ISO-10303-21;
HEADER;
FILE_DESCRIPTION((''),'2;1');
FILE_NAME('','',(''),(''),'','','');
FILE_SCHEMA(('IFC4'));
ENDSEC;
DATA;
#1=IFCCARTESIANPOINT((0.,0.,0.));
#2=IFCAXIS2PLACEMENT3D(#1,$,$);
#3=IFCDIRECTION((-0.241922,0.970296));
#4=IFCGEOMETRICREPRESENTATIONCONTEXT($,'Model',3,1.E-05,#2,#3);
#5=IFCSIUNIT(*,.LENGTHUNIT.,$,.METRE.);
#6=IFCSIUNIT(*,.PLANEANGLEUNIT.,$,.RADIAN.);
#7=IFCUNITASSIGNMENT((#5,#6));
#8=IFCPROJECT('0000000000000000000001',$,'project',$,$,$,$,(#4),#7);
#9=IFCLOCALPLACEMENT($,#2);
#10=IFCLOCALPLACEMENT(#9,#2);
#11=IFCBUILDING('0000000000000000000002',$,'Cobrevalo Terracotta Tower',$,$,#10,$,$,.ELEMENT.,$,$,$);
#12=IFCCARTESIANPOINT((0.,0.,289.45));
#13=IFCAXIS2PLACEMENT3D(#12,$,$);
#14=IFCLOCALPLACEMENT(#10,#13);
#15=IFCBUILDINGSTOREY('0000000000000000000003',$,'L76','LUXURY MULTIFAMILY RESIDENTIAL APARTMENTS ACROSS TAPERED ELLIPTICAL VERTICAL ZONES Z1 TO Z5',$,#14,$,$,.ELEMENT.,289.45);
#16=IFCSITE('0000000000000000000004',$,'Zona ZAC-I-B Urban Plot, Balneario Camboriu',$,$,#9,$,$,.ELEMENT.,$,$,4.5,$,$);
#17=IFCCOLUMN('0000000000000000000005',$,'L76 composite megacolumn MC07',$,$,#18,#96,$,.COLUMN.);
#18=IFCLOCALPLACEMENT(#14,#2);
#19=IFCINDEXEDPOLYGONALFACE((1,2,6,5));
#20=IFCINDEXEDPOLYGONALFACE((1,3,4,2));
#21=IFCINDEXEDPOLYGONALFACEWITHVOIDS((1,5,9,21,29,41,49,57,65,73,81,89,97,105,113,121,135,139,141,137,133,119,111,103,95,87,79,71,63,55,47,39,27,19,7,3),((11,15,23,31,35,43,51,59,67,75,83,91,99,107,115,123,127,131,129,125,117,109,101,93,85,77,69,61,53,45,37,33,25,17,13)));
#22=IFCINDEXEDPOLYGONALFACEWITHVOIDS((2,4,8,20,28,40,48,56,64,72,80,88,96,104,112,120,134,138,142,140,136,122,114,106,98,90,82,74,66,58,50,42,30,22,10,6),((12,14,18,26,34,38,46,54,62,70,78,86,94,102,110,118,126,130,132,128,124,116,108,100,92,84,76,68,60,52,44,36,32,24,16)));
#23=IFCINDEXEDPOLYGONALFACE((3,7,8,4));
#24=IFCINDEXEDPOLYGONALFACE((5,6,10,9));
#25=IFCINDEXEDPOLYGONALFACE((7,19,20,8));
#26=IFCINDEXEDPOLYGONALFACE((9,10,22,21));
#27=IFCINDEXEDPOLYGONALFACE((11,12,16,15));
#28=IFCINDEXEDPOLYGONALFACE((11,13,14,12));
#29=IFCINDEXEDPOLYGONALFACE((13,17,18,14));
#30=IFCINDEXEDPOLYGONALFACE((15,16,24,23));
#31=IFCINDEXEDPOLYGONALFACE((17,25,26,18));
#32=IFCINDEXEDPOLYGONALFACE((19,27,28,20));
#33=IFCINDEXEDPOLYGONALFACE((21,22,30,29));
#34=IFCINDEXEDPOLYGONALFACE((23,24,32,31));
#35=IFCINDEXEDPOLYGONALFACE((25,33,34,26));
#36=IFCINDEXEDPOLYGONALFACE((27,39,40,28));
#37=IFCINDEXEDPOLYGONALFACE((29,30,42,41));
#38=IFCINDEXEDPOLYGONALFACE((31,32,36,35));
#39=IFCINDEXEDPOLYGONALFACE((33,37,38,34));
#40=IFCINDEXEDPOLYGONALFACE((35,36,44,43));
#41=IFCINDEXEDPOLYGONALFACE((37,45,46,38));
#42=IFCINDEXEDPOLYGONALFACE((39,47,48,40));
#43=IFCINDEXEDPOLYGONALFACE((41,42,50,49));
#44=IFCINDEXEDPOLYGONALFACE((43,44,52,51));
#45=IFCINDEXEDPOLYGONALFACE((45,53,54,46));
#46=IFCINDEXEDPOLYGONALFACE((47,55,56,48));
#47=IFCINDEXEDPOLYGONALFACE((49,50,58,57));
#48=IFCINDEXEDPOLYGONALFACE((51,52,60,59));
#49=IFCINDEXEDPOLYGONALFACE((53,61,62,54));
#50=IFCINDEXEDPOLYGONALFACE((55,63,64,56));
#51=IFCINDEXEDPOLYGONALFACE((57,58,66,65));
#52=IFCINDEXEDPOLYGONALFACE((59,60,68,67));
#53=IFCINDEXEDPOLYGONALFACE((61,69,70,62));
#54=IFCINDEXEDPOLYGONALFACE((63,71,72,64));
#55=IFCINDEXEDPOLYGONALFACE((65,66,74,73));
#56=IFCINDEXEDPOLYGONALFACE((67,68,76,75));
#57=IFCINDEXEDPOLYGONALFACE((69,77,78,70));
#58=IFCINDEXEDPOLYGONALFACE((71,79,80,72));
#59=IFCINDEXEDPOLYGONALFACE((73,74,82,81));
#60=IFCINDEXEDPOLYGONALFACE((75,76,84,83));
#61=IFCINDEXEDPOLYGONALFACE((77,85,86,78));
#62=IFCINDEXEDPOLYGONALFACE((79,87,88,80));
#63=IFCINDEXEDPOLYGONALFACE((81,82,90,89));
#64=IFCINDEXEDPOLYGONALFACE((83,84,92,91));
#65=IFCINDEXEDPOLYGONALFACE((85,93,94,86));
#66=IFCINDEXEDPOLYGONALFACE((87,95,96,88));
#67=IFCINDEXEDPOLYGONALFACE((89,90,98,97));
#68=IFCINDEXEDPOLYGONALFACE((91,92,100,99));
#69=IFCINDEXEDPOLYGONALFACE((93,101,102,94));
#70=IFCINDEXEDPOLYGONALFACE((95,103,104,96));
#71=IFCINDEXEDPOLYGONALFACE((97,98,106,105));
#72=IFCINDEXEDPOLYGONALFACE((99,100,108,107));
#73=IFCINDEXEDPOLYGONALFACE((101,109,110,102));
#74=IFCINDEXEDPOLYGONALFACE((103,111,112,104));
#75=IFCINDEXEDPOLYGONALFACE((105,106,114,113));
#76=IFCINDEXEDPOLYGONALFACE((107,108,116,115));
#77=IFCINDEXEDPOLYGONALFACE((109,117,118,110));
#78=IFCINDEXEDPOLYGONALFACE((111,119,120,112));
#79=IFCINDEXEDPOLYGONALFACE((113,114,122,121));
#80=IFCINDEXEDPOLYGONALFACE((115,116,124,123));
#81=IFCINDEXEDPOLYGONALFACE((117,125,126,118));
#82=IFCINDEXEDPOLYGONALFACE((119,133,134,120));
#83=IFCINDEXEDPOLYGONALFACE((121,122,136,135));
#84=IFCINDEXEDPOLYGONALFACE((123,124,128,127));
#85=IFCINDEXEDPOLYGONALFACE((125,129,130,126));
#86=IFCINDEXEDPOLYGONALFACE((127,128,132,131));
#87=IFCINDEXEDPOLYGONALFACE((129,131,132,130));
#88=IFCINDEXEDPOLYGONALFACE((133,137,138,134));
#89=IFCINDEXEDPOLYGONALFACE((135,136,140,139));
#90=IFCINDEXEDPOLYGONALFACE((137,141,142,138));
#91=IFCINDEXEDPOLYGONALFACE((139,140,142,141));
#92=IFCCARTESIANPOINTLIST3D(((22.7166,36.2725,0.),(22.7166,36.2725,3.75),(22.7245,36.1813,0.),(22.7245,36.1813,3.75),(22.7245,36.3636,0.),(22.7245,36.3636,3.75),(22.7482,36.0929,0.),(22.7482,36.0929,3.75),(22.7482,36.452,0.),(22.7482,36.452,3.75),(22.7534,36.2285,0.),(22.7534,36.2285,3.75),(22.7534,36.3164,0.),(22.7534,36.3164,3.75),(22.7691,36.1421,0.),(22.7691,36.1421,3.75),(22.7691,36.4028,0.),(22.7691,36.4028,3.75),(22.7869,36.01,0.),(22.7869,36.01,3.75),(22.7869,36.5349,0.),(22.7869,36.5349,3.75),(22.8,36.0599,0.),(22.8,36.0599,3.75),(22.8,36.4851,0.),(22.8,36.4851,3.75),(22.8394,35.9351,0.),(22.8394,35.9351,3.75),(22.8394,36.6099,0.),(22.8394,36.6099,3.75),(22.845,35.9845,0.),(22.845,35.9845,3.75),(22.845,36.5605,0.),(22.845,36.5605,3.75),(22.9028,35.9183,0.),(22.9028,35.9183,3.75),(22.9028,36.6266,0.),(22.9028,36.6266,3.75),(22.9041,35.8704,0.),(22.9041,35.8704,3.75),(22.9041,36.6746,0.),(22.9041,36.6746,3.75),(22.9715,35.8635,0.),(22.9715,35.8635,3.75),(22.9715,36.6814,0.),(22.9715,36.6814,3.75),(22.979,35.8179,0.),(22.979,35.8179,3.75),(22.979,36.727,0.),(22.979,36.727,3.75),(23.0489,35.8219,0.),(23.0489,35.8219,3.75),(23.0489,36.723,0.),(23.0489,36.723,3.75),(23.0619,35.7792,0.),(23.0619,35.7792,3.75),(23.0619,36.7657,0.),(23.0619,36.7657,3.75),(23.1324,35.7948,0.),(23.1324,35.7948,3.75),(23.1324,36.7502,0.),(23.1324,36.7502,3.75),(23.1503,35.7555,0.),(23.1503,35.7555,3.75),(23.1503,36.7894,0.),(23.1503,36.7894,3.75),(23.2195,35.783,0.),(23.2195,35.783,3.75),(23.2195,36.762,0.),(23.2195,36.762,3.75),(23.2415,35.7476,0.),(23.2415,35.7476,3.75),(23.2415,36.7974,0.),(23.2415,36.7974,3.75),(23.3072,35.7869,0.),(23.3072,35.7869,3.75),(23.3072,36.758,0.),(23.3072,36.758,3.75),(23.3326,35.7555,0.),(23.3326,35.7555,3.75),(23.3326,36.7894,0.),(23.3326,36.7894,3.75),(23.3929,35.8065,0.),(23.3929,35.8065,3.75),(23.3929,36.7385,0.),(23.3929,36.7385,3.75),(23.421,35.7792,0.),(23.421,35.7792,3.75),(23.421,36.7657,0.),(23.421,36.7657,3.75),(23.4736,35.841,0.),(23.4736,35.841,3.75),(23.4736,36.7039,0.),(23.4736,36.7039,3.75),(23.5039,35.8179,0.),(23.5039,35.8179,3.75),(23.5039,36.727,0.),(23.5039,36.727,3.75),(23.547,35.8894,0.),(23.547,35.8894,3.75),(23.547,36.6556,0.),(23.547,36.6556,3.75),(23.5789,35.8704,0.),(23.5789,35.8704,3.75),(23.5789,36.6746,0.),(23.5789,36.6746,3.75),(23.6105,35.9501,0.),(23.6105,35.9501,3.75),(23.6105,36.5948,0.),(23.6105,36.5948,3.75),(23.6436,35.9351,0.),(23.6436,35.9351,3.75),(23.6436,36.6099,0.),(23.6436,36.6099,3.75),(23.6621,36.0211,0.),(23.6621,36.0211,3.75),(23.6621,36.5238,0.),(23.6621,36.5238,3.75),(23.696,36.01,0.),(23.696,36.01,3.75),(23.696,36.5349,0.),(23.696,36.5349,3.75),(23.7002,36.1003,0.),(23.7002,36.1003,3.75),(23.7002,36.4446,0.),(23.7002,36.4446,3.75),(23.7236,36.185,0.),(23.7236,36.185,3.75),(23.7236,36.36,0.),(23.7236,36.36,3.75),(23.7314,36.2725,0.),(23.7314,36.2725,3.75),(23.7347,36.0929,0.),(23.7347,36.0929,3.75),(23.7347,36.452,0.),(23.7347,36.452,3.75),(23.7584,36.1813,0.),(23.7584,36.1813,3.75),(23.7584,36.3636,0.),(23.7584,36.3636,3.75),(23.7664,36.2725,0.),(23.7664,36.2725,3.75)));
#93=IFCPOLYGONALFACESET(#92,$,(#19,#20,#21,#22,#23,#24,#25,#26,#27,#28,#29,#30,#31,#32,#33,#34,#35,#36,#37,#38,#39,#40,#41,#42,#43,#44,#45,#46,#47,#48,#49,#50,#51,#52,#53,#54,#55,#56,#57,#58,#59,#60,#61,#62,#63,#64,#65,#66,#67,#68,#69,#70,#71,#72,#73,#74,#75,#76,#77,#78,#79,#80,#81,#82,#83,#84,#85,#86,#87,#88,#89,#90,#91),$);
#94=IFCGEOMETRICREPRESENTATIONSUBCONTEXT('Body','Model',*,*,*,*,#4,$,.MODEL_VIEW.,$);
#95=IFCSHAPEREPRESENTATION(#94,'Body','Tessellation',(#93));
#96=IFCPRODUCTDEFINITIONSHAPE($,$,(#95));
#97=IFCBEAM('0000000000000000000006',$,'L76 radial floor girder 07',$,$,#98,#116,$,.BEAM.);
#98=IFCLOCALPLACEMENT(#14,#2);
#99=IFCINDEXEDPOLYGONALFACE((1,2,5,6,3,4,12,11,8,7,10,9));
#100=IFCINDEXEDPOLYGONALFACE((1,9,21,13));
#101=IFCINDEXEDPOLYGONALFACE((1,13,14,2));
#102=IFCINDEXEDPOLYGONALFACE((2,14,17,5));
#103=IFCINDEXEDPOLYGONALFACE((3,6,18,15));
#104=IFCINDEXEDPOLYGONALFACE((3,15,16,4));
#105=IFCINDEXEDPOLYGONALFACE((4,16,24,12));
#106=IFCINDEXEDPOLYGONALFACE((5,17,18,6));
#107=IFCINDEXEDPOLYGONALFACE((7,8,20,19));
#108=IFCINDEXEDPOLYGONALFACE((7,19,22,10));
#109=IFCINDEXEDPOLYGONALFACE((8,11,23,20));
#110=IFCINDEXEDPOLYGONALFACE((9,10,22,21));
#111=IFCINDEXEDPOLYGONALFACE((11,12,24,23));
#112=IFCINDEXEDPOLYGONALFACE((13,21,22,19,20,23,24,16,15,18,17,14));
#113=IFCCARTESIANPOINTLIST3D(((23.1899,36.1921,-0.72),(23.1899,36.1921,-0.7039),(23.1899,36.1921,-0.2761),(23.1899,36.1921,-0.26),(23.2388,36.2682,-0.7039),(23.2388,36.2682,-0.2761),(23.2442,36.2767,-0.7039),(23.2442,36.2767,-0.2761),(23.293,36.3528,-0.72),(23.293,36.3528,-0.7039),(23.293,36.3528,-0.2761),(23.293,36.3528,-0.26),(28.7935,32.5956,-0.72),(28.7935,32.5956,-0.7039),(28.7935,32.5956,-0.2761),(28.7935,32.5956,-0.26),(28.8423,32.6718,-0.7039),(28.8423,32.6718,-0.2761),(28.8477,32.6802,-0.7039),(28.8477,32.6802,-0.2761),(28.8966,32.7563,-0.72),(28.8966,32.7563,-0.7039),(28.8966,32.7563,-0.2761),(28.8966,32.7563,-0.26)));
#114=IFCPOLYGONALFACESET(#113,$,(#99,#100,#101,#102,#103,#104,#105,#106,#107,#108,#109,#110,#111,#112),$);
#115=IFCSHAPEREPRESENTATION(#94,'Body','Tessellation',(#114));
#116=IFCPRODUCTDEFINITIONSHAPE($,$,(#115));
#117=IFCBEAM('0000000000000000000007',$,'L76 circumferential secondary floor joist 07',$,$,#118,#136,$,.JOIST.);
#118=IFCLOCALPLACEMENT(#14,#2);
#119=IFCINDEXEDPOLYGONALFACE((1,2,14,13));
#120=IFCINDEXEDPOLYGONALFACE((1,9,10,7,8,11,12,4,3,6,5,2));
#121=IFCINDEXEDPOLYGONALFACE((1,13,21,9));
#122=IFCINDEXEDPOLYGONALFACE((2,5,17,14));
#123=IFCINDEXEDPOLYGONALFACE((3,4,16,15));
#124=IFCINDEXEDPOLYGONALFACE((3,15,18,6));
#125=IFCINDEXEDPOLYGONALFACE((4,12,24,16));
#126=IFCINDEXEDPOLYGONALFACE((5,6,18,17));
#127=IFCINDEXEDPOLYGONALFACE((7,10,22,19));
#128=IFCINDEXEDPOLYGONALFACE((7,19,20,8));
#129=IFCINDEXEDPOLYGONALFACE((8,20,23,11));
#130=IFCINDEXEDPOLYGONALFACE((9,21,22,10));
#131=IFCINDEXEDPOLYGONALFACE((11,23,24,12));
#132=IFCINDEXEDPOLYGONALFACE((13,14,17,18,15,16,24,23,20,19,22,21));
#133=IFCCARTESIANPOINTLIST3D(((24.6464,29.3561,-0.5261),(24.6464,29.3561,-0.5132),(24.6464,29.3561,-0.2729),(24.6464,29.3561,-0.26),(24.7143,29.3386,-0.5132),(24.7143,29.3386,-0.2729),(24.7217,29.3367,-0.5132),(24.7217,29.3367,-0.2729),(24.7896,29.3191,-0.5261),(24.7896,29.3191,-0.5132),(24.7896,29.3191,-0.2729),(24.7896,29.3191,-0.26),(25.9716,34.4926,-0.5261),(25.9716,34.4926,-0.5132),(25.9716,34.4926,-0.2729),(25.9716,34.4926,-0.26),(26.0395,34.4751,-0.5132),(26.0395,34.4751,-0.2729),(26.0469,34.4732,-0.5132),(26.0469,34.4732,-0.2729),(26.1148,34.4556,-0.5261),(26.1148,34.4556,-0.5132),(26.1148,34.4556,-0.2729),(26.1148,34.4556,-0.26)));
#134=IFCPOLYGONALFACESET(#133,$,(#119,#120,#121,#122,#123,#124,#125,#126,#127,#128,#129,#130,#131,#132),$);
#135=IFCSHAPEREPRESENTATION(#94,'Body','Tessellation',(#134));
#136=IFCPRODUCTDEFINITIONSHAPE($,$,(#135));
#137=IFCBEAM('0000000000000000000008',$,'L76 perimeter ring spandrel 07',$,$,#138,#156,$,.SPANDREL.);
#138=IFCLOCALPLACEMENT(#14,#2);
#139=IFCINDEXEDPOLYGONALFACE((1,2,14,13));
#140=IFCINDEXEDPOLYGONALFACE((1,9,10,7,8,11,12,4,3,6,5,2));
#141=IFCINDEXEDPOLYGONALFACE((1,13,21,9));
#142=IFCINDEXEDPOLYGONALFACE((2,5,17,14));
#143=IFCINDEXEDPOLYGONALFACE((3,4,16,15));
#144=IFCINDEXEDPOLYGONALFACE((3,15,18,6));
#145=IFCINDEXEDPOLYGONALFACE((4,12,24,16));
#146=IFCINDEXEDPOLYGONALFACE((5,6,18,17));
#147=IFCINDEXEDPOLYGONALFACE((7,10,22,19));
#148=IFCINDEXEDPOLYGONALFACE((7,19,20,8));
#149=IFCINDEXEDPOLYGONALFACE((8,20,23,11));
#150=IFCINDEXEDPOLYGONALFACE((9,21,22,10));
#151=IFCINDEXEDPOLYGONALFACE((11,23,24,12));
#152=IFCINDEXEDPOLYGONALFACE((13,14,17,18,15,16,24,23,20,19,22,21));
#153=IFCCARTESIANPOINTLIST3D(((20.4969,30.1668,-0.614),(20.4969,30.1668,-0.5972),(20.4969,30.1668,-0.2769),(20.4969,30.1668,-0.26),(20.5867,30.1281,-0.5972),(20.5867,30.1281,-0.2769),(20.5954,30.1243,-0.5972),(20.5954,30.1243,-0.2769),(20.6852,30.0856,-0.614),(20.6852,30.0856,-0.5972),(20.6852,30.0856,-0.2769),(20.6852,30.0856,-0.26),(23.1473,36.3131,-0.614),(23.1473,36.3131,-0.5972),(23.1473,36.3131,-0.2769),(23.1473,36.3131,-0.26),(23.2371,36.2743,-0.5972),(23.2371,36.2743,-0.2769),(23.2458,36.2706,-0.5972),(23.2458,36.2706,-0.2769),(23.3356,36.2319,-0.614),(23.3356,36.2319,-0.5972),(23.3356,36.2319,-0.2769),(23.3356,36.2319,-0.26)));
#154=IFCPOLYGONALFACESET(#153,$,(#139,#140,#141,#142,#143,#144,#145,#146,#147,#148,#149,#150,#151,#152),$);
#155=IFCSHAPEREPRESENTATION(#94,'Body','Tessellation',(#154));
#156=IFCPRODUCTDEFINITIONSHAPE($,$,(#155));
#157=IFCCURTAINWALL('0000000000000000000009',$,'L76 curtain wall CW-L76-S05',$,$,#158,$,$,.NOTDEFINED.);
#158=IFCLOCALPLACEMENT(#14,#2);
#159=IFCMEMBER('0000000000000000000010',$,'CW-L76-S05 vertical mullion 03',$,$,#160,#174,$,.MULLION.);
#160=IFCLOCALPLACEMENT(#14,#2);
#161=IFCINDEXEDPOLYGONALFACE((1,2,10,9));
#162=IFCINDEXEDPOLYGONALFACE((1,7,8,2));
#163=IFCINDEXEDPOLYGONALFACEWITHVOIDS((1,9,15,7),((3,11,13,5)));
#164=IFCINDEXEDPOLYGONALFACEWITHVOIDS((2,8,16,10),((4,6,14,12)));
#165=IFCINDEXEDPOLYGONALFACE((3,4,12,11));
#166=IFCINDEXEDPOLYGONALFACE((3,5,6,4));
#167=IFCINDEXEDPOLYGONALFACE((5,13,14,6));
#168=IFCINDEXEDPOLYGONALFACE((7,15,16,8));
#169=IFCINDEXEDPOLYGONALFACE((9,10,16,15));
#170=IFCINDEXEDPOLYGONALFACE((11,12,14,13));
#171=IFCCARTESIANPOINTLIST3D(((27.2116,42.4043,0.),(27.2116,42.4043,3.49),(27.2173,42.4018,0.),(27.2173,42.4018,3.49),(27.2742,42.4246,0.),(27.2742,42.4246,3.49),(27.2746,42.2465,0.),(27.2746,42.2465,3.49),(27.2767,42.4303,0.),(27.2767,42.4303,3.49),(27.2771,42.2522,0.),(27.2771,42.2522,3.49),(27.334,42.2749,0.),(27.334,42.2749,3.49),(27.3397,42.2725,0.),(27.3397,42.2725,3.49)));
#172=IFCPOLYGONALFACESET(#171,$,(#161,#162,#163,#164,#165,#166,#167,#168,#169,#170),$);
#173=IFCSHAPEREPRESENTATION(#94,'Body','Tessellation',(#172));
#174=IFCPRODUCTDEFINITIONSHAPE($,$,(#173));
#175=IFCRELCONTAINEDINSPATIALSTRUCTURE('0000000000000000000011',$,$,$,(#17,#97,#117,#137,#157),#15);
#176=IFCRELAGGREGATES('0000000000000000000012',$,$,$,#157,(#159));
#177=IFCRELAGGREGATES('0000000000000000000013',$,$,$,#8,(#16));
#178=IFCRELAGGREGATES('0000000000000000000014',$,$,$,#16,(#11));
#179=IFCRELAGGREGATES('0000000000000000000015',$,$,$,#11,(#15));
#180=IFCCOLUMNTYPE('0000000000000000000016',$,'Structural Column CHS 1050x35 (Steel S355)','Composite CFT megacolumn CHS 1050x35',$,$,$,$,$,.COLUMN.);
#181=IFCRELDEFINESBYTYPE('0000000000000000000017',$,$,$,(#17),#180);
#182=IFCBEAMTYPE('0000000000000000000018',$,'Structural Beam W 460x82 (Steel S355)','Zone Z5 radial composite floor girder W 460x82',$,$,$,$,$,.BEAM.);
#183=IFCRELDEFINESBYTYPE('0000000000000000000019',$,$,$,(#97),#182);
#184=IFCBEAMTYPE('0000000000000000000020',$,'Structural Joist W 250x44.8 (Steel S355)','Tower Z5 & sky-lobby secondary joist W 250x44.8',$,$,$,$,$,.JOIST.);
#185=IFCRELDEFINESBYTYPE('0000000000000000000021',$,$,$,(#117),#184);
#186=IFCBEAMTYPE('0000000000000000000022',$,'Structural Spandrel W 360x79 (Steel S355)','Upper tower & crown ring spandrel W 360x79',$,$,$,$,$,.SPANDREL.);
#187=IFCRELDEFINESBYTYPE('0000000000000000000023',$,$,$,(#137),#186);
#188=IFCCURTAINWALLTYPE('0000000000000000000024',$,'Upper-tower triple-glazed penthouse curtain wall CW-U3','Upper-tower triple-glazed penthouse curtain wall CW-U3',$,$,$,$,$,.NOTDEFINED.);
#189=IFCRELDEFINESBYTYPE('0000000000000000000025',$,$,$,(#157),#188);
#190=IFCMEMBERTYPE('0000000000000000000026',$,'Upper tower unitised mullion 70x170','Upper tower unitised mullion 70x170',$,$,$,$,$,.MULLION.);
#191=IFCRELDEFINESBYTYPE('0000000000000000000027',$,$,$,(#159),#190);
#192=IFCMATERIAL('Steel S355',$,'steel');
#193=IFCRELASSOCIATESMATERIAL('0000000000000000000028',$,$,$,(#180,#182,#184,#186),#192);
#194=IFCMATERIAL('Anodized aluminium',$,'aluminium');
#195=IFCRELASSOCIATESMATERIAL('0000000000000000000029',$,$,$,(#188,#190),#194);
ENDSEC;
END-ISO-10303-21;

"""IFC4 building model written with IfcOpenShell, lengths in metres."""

from ifc_helpers import new_model, si_unit, direction, frame, origin, origin_2d, place, context, subcontext, project, spatial, hollow_rectangle, hollow_circle, i_section, extrude, source, transform, mapped, material, material_profile, profile_set, type_object, element, aggregate, save


model = new_model("IFC4")

# Units and contexts
model_context = context("Model", 3, precision=1e-05, world=origin(), true_north=direction((-0.241922, 0.970296)))
body_context = subcontext(model_context, "Body", "Model", "MODEL_VIEW")
ifc_project = project(units=[si_unit("LENGTHUNIT", "METRE"), si_unit("PLANEANGLEUNIT", "RADIAN")], contexts=[model_context])

# Site, building, storey
site_placement = place(None, origin())
site = spatial("IfcSite", under=ifc_project, at=site_placement, Name="Zona ZAC-I-B Urban Plot, Balneario Camboriu", CompositionType="ELEMENT", RefElevation=4.5)
building_placement = place(site_placement, origin())
building = spatial("IfcBuilding", under=site, at=building_placement, Name="Cobrevalo Terracotta Tower", CompositionType="ELEMENT")
storey_placement = place(building_placement, frame((0.0, 0.0, 289.45)))
storey = spatial("IfcBuildingStorey", under=building, at=storey_placement, Name="L76", Description="LUXURY MULTIFAMILY RESIDENTIAL APARTMENTS ACROSS TAPERED ELLIPTICAL VERTICAL ZONES Z1 TO Z5", CompositionType="ELEMENT", Elevation=289.45)

# Column
ifc_material_1 = material(Name="Steel S355", Category="steel")
ifc_material_profile_1 = material_profile(ifc_material_1, hollow_circle(Radius=0.5249, WallThickness=0.0349, at=origin_2d()), Name="CHS 1050x35")
ifc_profile_set_1 = profile_set([ifc_material_profile_1], Name="Steel S355")
column_type = type_object("IfcColumnType", Name="Structural Column CHS 1050x35 (Steel S355)", Description="Composite CFT megacolumn CHS 1050x35", PredefinedType="COLUMN", material=ifc_profile_set_1)
column_placement = place(storey_placement, frame((23.2415, 36.2725, 0.0), z_axis=(0.0, 0.0, 1.0), x_axis=(1.0, 0.0, 0.0)))
element("IfcColumn", 1, at=column_placement, inside=storey, type_object=column_type, Name="L76 composite megacolumn MC07", PredefinedType="COLUMN", context=body_context, shape_type="SweptSolid", body=[
    extrude(hollow_circle(Radius=0.5249, WallThickness=0.0349, at=origin_2d()), origin(), (0.0, 0.0, 1.0), 3.75),
])

# Beams
ifc_material_profile_2 = material_profile(ifc_material_1, i_section(OverallWidth=0.1909, OverallDepth=0.46, WebThickness=0.01, FlangeThickness=0.0161, at=origin_2d()), Name="W 460x82")
ifc_profile_set_2 = profile_set([ifc_material_profile_2], Name="Steel S355")
beam_type_1 = type_object("IfcBeamType", Name="Structural Beam W 460x82 (Steel S355)", Description="Zone Z5 radial composite floor girder W 460x82", PredefinedType="BEAM", material=ifc_profile_set_2)
beam_1_placement = place(storey_placement, frame((23.2415, 36.2725, -0.49), z_axis=(0.841576, -0.540138, 0.0), x_axis=(0.540138, 0.841576, 0.0)))
element("IfcBeam", 2, at=beam_1_placement, inside=storey, type_object=beam_type_1, Name="L76 radial floor girder 07", PredefinedType="BEAM", context=body_context, shape_type="SweptSolid", body=[
    extrude(i_section(OverallWidth=0.1909, OverallDepth=0.46, WebThickness=0.01, FlangeThickness=0.0161, at=origin_2d()), origin(), (0.0, 0.0, 1.0), 6.6584),
])
ifc_material_profile_3 = material_profile(ifc_material_1, i_section(OverallWidth=0.1479, OverallDepth=0.2661, WebThickness=0.0076, FlangeThickness=0.0129, at=origin_2d()), Name="W 250x44.8")
ifc_profile_set_3 = profile_set([ifc_material_profile_3], Name="Steel S355")
beam_type_2 = type_object("IfcBeamType", Name="Structural Joist W 250x44.8 (Steel S355)", Description="Tower Z5 & sky-lobby secondary joist W 250x44.8", PredefinedType="JOIST", material=ifc_profile_set_3)
beam_2_placement = place(storey_placement, frame((26.0432, 34.4741, -0.3931), z_axis=(-0.249817, -0.968293, 0.0), x_axis=(0.968293, -0.249817, 0.0)))
element("IfcBeam", 3, at=beam_2_placement, inside=storey, type_object=beam_type_2, Name="L76 circumferential secondary floor joist 07", PredefinedType="JOIST", context=body_context, shape_type="SweptSolid", body=[
    extrude(i_section(OverallWidth=0.1479, OverallDepth=0.2661, WebThickness=0.0076, FlangeThickness=0.0129, at=origin_2d()), origin(), (0.0, 0.0, 1.0), 5.3047),
])
ifc_material_profile_4 = material_profile(ifc_material_1, i_section(OverallWidth=0.2051, OverallDepth=0.354, WebThickness=0.0095, FlangeThickness=0.0168, at=origin_2d()), Name="W 360x79")
ifc_profile_set_4 = profile_set([ifc_material_profile_4], Name="Steel S355")
beam_type_3 = type_object("IfcBeamType", Name="Structural Spandrel W 360x79 (Steel S355)", Description="Upper tower & crown ring spandrel W 360x79", PredefinedType="SPANDREL", material=ifc_profile_set_4)
beam_3_placement = place(storey_placement, frame((23.2415, 36.2725, -0.437), z_axis=(-0.395974, -0.918262, 0.0), x_axis=(0.918262, -0.395974, 0.0)))
element("IfcBeam", 4, at=beam_3_placement, inside=storey, type_object=beam_type_3, Name="L76 perimeter ring spandrel 07", PredefinedType="SPANDREL", context=body_context, shape_type="SweptSolid", body=[
    extrude(i_section(OverallWidth=0.2051, OverallDepth=0.354, WebThickness=0.0095, FlangeThickness=0.0168, at=origin_2d()), origin(), (0.0, 0.0, 1.0), 6.6934),
])

# Curtain wall, member
ifc_material_2 = material(Name="Anodized aluminium", Category="aluminium")
curtain_wall_type = type_object("IfcCurtainWallType", Name="Upper-tower triple-glazed penthouse curtain wall CW-U3", Description="Upper-tower triple-glazed penthouse curtain wall CW-U3", PredefinedType="NOTDEFINED", material=ifc_material_2)
curtain_wall_1_placement = place(storey_placement, origin())
curtain_wall_1 = element("IfcCurtainWall", 5, at=curtain_wall_1_placement, inside=storey, type_object=curtain_wall_type, Name="L76 curtain wall CW-L76-S05", PredefinedType="NOTDEFINED")
ifc_material_profile_5 = material_profile(ifc_material_2, hollow_rectangle(XDim=0.0701, YDim=0.1699, WallThickness=0.0044, at=origin_2d()), Name="CWM 70x170")
ifc_profile_set_5 = profile_set([ifc_material_profile_5], Name="Anodized aluminium")
member_type_1 = type_object("IfcMemberType", Name="Upper tower unitised mullion 70x170", Description="Upper tower unitised mullion 70x170", PredefinedType="MULLION", material=ifc_profile_set_5)
shared_shape_1 = source(origin(), body_context, "Body", "SweptSolid", [
    extrude(hollow_rectangle(XDim=0.0701, YDim=0.1699, WallThickness=0.0044, at=origin_2d()), origin(), (0.0, 0.0, 1.0), 3.49),
])
member_1_placement = place(storey_placement, frame((27.2756, 42.3384, 0.0), z_axis=(0.0, 0.0, 1.0), x_axis=(-0.928719, -0.370784, 0.0)))
member_1 = element("IfcMember", 6, at=member_1_placement, type_object=member_type_1, Name="CW-L76-S05 vertical mullion 03", PredefinedType="MULLION", context=body_context, shape_type="MappedRepresentation", body=[
    mapped(shared_shape_1, transform((0.0, 0.0, 0.0), scale=1.0)),
])
aggregate(curtain_wall_1, [member_1])

save(model, "model.ifc")
